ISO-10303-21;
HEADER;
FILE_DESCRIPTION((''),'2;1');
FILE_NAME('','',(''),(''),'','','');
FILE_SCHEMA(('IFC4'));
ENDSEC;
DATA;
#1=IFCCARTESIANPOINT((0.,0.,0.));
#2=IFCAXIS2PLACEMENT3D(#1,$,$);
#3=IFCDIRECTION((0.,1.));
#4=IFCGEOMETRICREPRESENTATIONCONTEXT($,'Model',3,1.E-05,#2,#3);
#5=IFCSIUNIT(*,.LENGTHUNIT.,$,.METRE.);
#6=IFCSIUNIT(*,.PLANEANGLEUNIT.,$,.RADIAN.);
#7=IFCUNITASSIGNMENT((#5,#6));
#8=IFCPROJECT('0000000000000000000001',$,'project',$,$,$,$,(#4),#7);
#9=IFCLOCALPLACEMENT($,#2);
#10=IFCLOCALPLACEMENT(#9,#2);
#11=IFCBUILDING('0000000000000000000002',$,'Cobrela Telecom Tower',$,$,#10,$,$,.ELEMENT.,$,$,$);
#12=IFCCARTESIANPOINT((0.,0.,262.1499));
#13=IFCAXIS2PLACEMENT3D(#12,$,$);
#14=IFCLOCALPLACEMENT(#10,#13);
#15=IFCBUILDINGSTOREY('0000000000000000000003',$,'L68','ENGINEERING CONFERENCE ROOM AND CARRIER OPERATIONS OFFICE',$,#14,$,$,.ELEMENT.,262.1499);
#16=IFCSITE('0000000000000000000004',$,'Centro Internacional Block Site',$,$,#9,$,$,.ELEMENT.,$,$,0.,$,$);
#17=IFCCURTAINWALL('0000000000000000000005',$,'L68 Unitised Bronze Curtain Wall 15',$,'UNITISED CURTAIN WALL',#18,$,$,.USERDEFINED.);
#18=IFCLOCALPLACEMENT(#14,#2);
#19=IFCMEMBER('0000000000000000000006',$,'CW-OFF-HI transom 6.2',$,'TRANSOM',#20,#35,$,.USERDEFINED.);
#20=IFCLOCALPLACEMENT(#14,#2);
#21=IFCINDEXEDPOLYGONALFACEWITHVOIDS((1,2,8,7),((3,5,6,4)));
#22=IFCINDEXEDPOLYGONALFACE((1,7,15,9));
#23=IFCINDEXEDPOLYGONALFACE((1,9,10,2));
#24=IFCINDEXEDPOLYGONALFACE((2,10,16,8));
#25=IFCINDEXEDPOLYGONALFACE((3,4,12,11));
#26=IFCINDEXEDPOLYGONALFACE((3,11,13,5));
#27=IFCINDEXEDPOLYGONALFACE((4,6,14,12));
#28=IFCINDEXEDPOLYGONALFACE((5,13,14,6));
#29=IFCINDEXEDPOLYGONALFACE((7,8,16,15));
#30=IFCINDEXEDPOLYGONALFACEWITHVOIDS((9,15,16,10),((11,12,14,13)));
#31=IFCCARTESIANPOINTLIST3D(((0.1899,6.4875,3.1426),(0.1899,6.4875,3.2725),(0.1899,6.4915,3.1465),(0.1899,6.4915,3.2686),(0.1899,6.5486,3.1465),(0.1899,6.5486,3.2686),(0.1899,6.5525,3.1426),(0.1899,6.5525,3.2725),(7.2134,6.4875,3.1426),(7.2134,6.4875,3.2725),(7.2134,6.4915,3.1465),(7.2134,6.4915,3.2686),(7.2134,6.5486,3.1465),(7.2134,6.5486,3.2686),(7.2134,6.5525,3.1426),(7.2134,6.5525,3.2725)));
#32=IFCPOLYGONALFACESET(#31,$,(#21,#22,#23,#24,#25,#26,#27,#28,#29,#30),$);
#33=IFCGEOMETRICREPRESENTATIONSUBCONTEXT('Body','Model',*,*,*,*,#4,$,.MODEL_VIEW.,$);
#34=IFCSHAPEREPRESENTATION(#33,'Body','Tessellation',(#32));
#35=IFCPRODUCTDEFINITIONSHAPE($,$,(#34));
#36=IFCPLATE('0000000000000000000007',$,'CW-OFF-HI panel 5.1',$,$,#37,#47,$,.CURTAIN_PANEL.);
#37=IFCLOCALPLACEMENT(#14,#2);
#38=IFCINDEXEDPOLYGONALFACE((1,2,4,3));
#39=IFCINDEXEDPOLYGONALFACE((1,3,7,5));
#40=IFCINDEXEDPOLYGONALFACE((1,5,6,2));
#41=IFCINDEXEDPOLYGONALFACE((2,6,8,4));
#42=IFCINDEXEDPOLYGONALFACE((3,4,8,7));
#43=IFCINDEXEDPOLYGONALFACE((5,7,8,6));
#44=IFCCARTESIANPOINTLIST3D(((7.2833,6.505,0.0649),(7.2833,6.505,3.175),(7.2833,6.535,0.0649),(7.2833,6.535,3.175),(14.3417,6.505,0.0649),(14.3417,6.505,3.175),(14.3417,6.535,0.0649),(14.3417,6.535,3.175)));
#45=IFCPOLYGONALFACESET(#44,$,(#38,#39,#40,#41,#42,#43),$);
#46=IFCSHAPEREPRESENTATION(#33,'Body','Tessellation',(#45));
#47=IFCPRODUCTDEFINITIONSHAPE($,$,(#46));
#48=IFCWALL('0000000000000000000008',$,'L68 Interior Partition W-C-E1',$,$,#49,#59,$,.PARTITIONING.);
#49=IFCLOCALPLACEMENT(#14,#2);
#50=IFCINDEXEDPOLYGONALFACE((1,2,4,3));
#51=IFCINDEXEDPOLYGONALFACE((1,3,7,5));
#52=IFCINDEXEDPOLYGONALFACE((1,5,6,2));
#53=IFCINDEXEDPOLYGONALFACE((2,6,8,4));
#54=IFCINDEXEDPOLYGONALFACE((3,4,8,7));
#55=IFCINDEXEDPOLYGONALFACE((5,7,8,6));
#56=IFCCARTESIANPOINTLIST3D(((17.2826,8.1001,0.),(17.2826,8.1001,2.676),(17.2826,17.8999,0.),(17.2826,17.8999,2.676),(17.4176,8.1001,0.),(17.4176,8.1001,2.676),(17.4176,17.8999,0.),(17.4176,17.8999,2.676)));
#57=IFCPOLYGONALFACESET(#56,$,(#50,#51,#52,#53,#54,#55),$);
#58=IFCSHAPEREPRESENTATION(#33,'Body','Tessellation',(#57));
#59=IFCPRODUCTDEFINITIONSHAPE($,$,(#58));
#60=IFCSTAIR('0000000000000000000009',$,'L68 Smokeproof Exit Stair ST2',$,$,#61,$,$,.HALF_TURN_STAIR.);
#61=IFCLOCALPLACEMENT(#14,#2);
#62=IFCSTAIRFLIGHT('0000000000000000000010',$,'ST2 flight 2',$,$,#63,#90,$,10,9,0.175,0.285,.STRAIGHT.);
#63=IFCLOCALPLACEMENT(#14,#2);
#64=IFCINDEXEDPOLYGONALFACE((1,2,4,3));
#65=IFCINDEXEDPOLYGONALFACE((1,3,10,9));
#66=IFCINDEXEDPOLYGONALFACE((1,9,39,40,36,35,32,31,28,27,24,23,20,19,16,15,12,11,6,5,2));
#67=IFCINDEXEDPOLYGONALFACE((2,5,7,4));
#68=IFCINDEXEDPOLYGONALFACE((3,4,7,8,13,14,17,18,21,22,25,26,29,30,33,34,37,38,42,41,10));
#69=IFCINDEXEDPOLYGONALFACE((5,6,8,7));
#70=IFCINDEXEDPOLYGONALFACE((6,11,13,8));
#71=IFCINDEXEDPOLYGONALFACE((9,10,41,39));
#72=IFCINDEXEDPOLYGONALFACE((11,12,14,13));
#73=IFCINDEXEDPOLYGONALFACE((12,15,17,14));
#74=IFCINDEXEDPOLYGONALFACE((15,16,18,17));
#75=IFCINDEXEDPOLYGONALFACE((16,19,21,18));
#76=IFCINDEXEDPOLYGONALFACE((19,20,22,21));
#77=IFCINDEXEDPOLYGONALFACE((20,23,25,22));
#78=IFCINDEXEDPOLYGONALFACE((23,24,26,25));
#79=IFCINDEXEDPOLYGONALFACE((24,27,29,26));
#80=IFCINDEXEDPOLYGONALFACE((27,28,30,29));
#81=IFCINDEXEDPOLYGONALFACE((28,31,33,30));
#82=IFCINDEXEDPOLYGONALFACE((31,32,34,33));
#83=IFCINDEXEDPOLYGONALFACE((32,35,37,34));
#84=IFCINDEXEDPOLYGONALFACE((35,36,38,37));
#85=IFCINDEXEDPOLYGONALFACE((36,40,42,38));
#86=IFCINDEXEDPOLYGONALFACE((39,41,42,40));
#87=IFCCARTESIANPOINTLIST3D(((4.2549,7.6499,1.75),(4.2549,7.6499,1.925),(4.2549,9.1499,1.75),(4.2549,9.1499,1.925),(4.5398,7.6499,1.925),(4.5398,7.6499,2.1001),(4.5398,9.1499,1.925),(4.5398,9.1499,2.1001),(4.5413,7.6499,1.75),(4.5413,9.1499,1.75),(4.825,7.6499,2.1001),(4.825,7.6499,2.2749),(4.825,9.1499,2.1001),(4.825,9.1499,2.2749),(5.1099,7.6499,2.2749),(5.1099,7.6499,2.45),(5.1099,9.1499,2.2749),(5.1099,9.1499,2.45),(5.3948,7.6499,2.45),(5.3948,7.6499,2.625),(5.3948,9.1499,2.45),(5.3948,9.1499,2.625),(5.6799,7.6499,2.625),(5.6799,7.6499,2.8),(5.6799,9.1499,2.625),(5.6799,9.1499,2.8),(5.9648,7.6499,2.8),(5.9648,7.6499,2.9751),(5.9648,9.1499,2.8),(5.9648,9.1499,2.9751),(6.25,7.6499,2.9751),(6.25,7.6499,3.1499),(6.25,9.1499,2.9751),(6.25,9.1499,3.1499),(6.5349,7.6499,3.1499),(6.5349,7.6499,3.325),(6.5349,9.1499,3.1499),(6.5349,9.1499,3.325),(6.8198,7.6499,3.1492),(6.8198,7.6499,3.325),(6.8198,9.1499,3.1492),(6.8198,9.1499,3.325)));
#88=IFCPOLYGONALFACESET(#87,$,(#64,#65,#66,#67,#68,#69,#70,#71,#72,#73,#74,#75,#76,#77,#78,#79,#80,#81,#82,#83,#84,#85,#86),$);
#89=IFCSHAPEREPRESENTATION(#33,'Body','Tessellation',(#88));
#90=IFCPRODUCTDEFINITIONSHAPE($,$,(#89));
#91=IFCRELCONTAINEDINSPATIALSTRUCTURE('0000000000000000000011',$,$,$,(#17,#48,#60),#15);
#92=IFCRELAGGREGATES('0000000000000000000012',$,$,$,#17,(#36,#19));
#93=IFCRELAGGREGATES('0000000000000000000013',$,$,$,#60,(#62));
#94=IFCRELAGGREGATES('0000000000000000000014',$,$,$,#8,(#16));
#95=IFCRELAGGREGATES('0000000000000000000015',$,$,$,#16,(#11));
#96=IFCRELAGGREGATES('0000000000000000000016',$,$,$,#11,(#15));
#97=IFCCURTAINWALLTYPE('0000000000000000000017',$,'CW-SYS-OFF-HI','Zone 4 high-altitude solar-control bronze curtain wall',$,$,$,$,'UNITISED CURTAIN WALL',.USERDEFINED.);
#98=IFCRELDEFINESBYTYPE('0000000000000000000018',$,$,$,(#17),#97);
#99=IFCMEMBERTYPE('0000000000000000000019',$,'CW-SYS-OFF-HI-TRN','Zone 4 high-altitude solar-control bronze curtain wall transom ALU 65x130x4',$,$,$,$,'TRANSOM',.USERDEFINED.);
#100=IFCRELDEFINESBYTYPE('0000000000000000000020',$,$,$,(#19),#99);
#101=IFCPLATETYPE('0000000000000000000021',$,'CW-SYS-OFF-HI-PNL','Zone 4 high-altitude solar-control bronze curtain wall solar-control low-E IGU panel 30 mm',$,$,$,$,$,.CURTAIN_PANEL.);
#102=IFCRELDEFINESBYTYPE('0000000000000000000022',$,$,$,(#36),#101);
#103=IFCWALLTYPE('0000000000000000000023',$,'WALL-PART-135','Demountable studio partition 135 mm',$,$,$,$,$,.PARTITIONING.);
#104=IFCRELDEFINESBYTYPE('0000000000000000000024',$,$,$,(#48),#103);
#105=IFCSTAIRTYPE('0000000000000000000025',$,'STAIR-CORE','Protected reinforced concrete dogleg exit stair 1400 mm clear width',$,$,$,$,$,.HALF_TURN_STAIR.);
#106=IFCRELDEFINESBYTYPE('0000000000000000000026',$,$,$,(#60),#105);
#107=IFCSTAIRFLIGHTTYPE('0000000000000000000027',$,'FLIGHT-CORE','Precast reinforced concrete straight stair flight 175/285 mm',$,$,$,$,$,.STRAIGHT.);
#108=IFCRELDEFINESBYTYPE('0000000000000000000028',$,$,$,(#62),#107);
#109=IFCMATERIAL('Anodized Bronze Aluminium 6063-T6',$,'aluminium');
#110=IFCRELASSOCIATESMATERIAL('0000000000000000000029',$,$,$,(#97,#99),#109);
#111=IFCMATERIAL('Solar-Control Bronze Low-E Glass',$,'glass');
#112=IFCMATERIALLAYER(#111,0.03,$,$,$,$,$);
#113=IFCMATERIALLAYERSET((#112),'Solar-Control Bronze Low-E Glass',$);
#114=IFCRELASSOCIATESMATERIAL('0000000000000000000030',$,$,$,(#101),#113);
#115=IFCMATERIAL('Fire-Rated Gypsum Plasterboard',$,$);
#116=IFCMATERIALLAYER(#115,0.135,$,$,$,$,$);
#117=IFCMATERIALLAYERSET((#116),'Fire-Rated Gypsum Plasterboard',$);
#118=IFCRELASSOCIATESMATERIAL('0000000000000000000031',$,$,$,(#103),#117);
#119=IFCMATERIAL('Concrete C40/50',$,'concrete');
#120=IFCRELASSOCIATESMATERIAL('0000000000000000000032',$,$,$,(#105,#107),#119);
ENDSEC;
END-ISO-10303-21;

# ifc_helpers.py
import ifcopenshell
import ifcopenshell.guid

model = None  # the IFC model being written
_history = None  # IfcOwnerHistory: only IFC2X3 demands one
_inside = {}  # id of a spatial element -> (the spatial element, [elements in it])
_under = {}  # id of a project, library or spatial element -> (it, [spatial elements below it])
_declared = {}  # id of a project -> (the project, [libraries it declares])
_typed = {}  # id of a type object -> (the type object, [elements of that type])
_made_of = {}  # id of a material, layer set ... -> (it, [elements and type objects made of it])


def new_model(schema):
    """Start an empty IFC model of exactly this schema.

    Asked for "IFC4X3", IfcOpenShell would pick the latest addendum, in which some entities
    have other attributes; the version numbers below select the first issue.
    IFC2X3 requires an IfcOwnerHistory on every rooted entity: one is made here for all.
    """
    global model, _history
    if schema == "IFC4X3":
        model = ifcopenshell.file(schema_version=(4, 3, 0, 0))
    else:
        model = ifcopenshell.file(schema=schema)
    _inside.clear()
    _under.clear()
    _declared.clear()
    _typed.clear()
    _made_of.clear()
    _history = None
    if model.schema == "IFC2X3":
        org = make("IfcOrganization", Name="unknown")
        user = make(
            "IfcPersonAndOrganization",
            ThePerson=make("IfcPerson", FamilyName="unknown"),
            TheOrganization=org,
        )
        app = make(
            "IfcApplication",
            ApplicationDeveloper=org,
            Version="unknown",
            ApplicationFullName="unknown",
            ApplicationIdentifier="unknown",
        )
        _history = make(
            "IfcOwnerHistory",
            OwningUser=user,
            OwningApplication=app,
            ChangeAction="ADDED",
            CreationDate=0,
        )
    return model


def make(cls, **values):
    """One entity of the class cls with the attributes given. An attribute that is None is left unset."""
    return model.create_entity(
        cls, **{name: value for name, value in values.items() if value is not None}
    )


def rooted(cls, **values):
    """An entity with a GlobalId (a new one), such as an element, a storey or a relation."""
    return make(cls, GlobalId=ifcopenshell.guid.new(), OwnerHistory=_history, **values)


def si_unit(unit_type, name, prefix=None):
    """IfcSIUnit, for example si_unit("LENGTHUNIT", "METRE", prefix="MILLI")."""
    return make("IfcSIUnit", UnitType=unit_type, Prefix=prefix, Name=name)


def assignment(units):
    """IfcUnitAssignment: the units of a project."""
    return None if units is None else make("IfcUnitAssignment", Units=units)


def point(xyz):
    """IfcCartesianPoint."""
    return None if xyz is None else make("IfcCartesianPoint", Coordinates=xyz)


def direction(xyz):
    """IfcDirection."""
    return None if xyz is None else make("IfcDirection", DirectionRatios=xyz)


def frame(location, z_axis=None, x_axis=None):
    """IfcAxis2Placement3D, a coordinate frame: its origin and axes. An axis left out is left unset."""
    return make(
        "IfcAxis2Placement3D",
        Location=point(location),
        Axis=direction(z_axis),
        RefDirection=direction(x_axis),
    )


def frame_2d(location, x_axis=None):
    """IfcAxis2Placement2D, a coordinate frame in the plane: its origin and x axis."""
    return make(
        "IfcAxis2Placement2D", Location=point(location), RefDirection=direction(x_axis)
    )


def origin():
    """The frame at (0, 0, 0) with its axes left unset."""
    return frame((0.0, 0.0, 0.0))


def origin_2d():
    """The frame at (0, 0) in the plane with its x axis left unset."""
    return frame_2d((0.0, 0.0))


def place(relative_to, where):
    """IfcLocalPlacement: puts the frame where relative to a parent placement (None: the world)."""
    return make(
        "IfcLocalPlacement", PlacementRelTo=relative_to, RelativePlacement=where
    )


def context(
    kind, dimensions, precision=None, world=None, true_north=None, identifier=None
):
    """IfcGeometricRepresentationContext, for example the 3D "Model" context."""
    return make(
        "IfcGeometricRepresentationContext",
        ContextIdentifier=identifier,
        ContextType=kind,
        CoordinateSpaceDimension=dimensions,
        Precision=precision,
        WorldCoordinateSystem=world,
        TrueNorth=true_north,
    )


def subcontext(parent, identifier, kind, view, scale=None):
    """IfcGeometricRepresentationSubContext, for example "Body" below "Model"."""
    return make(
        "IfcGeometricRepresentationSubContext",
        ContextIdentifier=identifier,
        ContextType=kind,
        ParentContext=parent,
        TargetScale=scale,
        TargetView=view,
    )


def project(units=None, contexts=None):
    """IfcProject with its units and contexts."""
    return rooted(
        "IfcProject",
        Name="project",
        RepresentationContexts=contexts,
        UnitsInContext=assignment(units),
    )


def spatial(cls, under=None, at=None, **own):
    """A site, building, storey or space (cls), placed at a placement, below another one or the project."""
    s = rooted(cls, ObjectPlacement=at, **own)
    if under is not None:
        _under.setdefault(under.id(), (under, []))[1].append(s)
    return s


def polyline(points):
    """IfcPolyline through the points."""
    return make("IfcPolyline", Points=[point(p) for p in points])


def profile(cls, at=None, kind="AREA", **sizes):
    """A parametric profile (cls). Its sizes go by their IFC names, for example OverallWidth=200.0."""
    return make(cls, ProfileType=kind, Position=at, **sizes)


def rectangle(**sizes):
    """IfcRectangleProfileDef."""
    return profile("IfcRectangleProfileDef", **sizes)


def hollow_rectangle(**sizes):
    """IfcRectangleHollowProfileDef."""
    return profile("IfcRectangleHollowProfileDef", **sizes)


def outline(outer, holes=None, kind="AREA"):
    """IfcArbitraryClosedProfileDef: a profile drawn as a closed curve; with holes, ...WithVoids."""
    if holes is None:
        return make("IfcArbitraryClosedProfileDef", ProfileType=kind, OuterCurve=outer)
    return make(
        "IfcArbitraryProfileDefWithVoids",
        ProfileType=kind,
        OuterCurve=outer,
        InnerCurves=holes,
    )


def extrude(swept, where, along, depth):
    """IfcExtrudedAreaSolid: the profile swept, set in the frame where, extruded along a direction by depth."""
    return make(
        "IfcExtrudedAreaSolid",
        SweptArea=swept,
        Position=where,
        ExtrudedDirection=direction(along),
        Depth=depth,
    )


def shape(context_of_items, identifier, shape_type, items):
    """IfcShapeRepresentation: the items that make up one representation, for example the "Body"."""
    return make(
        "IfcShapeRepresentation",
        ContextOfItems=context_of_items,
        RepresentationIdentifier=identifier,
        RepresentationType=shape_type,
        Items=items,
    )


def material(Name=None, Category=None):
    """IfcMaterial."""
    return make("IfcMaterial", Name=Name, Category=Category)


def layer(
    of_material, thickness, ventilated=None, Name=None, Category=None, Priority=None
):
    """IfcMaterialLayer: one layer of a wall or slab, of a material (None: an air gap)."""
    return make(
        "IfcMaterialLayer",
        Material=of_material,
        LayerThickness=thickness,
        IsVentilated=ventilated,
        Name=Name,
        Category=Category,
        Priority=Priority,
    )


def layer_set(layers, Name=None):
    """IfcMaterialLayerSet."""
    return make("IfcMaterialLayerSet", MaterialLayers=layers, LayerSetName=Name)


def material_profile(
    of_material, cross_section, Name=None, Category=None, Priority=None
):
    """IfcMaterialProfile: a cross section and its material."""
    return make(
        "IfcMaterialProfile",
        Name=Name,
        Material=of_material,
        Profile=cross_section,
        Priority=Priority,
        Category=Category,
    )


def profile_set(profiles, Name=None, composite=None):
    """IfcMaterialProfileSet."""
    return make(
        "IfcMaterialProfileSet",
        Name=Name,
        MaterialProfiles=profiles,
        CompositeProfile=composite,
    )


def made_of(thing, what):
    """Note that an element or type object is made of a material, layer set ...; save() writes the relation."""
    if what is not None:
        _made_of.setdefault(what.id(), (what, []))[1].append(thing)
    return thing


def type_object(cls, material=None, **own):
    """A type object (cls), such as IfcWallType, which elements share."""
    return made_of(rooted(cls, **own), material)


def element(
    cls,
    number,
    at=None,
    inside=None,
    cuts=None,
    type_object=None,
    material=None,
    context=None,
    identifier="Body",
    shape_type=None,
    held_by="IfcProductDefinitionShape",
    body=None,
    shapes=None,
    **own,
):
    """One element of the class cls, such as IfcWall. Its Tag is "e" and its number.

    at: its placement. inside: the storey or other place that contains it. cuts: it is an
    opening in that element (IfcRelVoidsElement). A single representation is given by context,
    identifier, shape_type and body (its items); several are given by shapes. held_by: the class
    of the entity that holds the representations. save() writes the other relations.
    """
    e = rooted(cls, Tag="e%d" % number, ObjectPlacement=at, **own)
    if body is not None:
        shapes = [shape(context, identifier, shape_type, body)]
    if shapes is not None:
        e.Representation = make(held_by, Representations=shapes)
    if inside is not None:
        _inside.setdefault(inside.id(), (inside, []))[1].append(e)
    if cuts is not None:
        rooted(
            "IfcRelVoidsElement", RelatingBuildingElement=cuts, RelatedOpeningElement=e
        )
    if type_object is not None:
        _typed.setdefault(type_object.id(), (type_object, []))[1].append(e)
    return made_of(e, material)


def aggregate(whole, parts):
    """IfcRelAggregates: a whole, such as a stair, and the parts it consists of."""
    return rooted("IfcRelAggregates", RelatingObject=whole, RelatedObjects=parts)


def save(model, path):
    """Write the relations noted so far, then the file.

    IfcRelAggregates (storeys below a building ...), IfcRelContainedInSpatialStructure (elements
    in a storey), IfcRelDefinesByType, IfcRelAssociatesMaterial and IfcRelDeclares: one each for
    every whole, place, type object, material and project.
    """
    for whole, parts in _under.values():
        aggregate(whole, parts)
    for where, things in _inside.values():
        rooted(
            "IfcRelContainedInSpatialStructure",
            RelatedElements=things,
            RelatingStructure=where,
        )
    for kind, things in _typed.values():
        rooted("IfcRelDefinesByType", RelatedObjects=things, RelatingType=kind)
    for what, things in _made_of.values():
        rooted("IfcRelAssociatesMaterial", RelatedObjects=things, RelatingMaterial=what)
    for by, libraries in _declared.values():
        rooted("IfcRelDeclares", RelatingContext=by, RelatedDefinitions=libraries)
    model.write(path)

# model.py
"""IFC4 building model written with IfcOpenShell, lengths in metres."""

from ifc_helpers import new_model, si_unit, direction, frame, frame_2d, origin, origin_2d, place, context, subcontext, project, spatial, polyline, rectangle, hollow_rectangle, outline, extrude, material, layer, layer_set, material_profile, profile_set, type_object, element, aggregate, save


model = new_model("IFC4")

# Units and contexts
model_context = context("Model", 3, precision=1e-05, world=origin(), true_north=direction((0.0, 1.0)))
body_context = subcontext(model_context, "Body", "Model", "MODEL_VIEW")
ifc_project = project(units=[si_unit("LENGTHUNIT", "METRE"), si_unit("PLANEANGLEUNIT", "RADIAN")], contexts=[model_context])

# Site, building, storey
site_placement = place(None, origin())
site = spatial("IfcSite", under=ifc_project, at=site_placement, Name="Centro Internacional Block Site", CompositionType="ELEMENT", RefElevation=0.0)
building_placement = place(site_placement, origin())
building = spatial("IfcBuilding", under=site, at=building_placement, Name="Cobrela Telecom Tower", CompositionType="ELEMENT")
storey_placement = place(building_placement, frame((0.0, 0.0, 262.1499)))
storey = spatial("IfcBuildingStorey", under=building, at=storey_placement, Name="L68", Description="ENGINEERING CONFERENCE ROOM AND CARRIER OPERATIONS OFFICE", CompositionType="ELEMENT", Elevation=262.1499)

# Curtain wall, member, plate
ifc_material_1 = material(Name="Anodized Bronze Aluminium 6063-T6", Category="aluminium")
curtain_wall_type = type_object("IfcCurtainWallType", Name="CW-SYS-OFF-HI", Description="Zone 4 high-altitude solar-control bronze curtain wall", ElementType="UNITISED CURTAIN WALL", PredefinedType="USERDEFINED", material=ifc_material_1)
curtain_wall_placement = place(storey_placement, origin())
curtain_wall = element("IfcCurtainWall", 1, at=curtain_wall_placement, inside=storey, type_object=curtain_wall_type, Name="L68 Unitised Bronze Curtain Wall 15", ObjectType="UNITISED CURTAIN WALL", PredefinedType="USERDEFINED")
ifc_material_profile_1 = material_profile(ifc_material_1, hollow_rectangle(XDim=0.0649, YDim=0.1299, WallThickness=0.0039, at=origin_2d()), Name="ALU 65x130x4")
ifc_profile_set_1 = profile_set([ifc_material_profile_1], Name="Anodized Bronze Aluminium 6063-T6")
member_type_1 = type_object("IfcMemberType", Name="CW-SYS-OFF-HI-TRN", Description="Zone 4 high-altitude solar-control bronze curtain wall transom ALU 65x130x4", ElementType="TRANSOM", PredefinedType="USERDEFINED", material=ifc_profile_set_1)
member_1_placement = place(storey_placement, frame((7.2134, 6.52, 3.2075), z_axis=(-1.0, 0.0, 0.0), x_axis=(0.0, -1.0, 0.0)))
member_1 = element("IfcMember", 2, at=member_1_placement, type_object=member_type_1, Name="CW-OFF-HI transom 6.2", ObjectType="TRANSOM", PredefinedType="USERDEFINED", context=body_context, shape_type="SweptSolid", body=[
    extrude(hollow_rectangle(XDim=0.0649, YDim=0.1299, WallThickness=0.0039, at=origin_2d()), origin(), (0.0, 0.0, 1.0), 7.0234),
])
ifc_material_2 = material(Name="Solar-Control Bronze Low-E Glass", Category="glass")
ifc_layer_1 = layer(ifc_material_2, 0.03)
ifc_layer_set_1 = layer_set([ifc_layer_1], Name="Solar-Control Bronze Low-E Glass")
plate_type = type_object("IfcPlateType", Name="CW-SYS-OFF-HI-PNL", Description="Zone 4 high-altitude solar-control bronze curtain wall solar-control low-E IGU panel 30 mm", PredefinedType="CURTAIN_PANEL", material=ifc_layer_set_1)
plate_placement = place(storey_placement, frame((10.8125, 6.52, 0.0649), z_axis=(0.0, 0.0, 1.0), x_axis=(-1.0, 0.0, 0.0)))
plate = element("IfcPlate", 3, at=plate_placement, type_object=plate_type, Name="CW-OFF-HI panel 5.1", PredefinedType="CURTAIN_PANEL", context=body_context, shape_type="SweptSolid", body=[
    extrude(rectangle(XDim=7.0583, YDim=0.03, at=origin_2d()), origin(), (0.0, 0.0, 1.0), 3.1101),
])
aggregate(curtain_wall, [plate, member_1])

# Wall
ifc_material_3 = material(Name="Fire-Rated Gypsum Plasterboard")
ifc_layer_2 = layer(ifc_material_3, 0.135)
ifc_layer_set_2 = layer_set([ifc_layer_2], Name="Fire-Rated Gypsum Plasterboard")
wall_type_1 = type_object("IfcWallType", Name="WALL-PART-135", Description="Demountable studio partition 135 mm", PredefinedType="PARTITIONING", material=ifc_layer_set_2)
wall_1_placement = place(storey_placement, frame((17.3501, 8.1001, 0.0), z_axis=(0.0, 0.0, 1.0), x_axis=(0.0, 1.0, 0.0)))
element("IfcWall", 4, at=wall_1_placement, inside=storey, type_object=wall_type_1, Name="L68 Interior Partition W-C-E1", PredefinedType="PARTITIONING", context=body_context, shape_type="SweptSolid", body=[
    extrude(rectangle(XDim=9.7998, YDim=0.135, at=frame_2d((4.8999, 0.0))), origin(), (0.0, 0.0, 1.0), 2.676),
])

# Shared definitions
ifc_material_4 = material(Name="Concrete C40/50", Category="concrete")

# Stair, stair flight
stair_type = type_object("IfcStairType", Name="STAIR-CORE", Description="Protected reinforced concrete dogleg exit stair 1400 mm clear width", PredefinedType="HALF_TURN_STAIR", material=ifc_material_4)
stair_placement = place(storey_placement, origin())
stair = element("IfcStair", 5, at=stair_placement, inside=storey, type_object=stair_type, Name="L68 Smokeproof Exit Stair ST2", PredefinedType="HALF_TURN_STAIR")
stair_flight_type = type_object("IfcStairFlightType", Name="FLIGHT-CORE", Description="Precast reinforced concrete straight stair flight 175/285 mm", PredefinedType="STRAIGHT", material=ifc_material_4)
stair_flight_placement = place(storey_placement, frame((4.2549, 8.3999, 1.75), z_axis=(0.0, 0.0, 1.0), x_axis=(1.0, 0.0, 0.0)))
stair_flight = element("IfcStairFlight", 6, at=stair_flight_placement, type_object=stair_flight_type, Name="ST2 flight 2", NumberOfRisers=10, NumberOfTreads=9, PredefinedType="STRAIGHT", RiserHeight=0.175, TreadLength=0.285, context=body_context, shape_type="SweptSolid", body=[
    extrude(outline(polyline([(0.0, 0.0), (0.0, 0.175), (0.2849, 0.175), (0.2849, 0.3501), (0.5701, 0.3501), (0.5701, 0.5249), (0.855, 0.5249), (0.855, 0.7), (1.1399, 0.7), (1.1399, 0.875), (1.425, 0.875), (1.425, 1.05), (1.71, 1.05), (1.71, 1.2251), (1.9951, 1.2251), (1.9951, 1.3999), (2.28, 1.3999), (2.28, 1.575), (2.5649, 1.575), (2.5649, 1.75), (2.5649, 1.3992), (0.2864, 0.0), (0.0, 0.0)])), frame((0.0, 0.75, 0.0), z_axis=(0.0, -1.0, 0.0), x_axis=(1.0, 0.0, 0.0)), (0.0, 0.0, 1.0), 1.5),
])
aggregate(stair, [stair_flight])

save(model, "model.ifc")
